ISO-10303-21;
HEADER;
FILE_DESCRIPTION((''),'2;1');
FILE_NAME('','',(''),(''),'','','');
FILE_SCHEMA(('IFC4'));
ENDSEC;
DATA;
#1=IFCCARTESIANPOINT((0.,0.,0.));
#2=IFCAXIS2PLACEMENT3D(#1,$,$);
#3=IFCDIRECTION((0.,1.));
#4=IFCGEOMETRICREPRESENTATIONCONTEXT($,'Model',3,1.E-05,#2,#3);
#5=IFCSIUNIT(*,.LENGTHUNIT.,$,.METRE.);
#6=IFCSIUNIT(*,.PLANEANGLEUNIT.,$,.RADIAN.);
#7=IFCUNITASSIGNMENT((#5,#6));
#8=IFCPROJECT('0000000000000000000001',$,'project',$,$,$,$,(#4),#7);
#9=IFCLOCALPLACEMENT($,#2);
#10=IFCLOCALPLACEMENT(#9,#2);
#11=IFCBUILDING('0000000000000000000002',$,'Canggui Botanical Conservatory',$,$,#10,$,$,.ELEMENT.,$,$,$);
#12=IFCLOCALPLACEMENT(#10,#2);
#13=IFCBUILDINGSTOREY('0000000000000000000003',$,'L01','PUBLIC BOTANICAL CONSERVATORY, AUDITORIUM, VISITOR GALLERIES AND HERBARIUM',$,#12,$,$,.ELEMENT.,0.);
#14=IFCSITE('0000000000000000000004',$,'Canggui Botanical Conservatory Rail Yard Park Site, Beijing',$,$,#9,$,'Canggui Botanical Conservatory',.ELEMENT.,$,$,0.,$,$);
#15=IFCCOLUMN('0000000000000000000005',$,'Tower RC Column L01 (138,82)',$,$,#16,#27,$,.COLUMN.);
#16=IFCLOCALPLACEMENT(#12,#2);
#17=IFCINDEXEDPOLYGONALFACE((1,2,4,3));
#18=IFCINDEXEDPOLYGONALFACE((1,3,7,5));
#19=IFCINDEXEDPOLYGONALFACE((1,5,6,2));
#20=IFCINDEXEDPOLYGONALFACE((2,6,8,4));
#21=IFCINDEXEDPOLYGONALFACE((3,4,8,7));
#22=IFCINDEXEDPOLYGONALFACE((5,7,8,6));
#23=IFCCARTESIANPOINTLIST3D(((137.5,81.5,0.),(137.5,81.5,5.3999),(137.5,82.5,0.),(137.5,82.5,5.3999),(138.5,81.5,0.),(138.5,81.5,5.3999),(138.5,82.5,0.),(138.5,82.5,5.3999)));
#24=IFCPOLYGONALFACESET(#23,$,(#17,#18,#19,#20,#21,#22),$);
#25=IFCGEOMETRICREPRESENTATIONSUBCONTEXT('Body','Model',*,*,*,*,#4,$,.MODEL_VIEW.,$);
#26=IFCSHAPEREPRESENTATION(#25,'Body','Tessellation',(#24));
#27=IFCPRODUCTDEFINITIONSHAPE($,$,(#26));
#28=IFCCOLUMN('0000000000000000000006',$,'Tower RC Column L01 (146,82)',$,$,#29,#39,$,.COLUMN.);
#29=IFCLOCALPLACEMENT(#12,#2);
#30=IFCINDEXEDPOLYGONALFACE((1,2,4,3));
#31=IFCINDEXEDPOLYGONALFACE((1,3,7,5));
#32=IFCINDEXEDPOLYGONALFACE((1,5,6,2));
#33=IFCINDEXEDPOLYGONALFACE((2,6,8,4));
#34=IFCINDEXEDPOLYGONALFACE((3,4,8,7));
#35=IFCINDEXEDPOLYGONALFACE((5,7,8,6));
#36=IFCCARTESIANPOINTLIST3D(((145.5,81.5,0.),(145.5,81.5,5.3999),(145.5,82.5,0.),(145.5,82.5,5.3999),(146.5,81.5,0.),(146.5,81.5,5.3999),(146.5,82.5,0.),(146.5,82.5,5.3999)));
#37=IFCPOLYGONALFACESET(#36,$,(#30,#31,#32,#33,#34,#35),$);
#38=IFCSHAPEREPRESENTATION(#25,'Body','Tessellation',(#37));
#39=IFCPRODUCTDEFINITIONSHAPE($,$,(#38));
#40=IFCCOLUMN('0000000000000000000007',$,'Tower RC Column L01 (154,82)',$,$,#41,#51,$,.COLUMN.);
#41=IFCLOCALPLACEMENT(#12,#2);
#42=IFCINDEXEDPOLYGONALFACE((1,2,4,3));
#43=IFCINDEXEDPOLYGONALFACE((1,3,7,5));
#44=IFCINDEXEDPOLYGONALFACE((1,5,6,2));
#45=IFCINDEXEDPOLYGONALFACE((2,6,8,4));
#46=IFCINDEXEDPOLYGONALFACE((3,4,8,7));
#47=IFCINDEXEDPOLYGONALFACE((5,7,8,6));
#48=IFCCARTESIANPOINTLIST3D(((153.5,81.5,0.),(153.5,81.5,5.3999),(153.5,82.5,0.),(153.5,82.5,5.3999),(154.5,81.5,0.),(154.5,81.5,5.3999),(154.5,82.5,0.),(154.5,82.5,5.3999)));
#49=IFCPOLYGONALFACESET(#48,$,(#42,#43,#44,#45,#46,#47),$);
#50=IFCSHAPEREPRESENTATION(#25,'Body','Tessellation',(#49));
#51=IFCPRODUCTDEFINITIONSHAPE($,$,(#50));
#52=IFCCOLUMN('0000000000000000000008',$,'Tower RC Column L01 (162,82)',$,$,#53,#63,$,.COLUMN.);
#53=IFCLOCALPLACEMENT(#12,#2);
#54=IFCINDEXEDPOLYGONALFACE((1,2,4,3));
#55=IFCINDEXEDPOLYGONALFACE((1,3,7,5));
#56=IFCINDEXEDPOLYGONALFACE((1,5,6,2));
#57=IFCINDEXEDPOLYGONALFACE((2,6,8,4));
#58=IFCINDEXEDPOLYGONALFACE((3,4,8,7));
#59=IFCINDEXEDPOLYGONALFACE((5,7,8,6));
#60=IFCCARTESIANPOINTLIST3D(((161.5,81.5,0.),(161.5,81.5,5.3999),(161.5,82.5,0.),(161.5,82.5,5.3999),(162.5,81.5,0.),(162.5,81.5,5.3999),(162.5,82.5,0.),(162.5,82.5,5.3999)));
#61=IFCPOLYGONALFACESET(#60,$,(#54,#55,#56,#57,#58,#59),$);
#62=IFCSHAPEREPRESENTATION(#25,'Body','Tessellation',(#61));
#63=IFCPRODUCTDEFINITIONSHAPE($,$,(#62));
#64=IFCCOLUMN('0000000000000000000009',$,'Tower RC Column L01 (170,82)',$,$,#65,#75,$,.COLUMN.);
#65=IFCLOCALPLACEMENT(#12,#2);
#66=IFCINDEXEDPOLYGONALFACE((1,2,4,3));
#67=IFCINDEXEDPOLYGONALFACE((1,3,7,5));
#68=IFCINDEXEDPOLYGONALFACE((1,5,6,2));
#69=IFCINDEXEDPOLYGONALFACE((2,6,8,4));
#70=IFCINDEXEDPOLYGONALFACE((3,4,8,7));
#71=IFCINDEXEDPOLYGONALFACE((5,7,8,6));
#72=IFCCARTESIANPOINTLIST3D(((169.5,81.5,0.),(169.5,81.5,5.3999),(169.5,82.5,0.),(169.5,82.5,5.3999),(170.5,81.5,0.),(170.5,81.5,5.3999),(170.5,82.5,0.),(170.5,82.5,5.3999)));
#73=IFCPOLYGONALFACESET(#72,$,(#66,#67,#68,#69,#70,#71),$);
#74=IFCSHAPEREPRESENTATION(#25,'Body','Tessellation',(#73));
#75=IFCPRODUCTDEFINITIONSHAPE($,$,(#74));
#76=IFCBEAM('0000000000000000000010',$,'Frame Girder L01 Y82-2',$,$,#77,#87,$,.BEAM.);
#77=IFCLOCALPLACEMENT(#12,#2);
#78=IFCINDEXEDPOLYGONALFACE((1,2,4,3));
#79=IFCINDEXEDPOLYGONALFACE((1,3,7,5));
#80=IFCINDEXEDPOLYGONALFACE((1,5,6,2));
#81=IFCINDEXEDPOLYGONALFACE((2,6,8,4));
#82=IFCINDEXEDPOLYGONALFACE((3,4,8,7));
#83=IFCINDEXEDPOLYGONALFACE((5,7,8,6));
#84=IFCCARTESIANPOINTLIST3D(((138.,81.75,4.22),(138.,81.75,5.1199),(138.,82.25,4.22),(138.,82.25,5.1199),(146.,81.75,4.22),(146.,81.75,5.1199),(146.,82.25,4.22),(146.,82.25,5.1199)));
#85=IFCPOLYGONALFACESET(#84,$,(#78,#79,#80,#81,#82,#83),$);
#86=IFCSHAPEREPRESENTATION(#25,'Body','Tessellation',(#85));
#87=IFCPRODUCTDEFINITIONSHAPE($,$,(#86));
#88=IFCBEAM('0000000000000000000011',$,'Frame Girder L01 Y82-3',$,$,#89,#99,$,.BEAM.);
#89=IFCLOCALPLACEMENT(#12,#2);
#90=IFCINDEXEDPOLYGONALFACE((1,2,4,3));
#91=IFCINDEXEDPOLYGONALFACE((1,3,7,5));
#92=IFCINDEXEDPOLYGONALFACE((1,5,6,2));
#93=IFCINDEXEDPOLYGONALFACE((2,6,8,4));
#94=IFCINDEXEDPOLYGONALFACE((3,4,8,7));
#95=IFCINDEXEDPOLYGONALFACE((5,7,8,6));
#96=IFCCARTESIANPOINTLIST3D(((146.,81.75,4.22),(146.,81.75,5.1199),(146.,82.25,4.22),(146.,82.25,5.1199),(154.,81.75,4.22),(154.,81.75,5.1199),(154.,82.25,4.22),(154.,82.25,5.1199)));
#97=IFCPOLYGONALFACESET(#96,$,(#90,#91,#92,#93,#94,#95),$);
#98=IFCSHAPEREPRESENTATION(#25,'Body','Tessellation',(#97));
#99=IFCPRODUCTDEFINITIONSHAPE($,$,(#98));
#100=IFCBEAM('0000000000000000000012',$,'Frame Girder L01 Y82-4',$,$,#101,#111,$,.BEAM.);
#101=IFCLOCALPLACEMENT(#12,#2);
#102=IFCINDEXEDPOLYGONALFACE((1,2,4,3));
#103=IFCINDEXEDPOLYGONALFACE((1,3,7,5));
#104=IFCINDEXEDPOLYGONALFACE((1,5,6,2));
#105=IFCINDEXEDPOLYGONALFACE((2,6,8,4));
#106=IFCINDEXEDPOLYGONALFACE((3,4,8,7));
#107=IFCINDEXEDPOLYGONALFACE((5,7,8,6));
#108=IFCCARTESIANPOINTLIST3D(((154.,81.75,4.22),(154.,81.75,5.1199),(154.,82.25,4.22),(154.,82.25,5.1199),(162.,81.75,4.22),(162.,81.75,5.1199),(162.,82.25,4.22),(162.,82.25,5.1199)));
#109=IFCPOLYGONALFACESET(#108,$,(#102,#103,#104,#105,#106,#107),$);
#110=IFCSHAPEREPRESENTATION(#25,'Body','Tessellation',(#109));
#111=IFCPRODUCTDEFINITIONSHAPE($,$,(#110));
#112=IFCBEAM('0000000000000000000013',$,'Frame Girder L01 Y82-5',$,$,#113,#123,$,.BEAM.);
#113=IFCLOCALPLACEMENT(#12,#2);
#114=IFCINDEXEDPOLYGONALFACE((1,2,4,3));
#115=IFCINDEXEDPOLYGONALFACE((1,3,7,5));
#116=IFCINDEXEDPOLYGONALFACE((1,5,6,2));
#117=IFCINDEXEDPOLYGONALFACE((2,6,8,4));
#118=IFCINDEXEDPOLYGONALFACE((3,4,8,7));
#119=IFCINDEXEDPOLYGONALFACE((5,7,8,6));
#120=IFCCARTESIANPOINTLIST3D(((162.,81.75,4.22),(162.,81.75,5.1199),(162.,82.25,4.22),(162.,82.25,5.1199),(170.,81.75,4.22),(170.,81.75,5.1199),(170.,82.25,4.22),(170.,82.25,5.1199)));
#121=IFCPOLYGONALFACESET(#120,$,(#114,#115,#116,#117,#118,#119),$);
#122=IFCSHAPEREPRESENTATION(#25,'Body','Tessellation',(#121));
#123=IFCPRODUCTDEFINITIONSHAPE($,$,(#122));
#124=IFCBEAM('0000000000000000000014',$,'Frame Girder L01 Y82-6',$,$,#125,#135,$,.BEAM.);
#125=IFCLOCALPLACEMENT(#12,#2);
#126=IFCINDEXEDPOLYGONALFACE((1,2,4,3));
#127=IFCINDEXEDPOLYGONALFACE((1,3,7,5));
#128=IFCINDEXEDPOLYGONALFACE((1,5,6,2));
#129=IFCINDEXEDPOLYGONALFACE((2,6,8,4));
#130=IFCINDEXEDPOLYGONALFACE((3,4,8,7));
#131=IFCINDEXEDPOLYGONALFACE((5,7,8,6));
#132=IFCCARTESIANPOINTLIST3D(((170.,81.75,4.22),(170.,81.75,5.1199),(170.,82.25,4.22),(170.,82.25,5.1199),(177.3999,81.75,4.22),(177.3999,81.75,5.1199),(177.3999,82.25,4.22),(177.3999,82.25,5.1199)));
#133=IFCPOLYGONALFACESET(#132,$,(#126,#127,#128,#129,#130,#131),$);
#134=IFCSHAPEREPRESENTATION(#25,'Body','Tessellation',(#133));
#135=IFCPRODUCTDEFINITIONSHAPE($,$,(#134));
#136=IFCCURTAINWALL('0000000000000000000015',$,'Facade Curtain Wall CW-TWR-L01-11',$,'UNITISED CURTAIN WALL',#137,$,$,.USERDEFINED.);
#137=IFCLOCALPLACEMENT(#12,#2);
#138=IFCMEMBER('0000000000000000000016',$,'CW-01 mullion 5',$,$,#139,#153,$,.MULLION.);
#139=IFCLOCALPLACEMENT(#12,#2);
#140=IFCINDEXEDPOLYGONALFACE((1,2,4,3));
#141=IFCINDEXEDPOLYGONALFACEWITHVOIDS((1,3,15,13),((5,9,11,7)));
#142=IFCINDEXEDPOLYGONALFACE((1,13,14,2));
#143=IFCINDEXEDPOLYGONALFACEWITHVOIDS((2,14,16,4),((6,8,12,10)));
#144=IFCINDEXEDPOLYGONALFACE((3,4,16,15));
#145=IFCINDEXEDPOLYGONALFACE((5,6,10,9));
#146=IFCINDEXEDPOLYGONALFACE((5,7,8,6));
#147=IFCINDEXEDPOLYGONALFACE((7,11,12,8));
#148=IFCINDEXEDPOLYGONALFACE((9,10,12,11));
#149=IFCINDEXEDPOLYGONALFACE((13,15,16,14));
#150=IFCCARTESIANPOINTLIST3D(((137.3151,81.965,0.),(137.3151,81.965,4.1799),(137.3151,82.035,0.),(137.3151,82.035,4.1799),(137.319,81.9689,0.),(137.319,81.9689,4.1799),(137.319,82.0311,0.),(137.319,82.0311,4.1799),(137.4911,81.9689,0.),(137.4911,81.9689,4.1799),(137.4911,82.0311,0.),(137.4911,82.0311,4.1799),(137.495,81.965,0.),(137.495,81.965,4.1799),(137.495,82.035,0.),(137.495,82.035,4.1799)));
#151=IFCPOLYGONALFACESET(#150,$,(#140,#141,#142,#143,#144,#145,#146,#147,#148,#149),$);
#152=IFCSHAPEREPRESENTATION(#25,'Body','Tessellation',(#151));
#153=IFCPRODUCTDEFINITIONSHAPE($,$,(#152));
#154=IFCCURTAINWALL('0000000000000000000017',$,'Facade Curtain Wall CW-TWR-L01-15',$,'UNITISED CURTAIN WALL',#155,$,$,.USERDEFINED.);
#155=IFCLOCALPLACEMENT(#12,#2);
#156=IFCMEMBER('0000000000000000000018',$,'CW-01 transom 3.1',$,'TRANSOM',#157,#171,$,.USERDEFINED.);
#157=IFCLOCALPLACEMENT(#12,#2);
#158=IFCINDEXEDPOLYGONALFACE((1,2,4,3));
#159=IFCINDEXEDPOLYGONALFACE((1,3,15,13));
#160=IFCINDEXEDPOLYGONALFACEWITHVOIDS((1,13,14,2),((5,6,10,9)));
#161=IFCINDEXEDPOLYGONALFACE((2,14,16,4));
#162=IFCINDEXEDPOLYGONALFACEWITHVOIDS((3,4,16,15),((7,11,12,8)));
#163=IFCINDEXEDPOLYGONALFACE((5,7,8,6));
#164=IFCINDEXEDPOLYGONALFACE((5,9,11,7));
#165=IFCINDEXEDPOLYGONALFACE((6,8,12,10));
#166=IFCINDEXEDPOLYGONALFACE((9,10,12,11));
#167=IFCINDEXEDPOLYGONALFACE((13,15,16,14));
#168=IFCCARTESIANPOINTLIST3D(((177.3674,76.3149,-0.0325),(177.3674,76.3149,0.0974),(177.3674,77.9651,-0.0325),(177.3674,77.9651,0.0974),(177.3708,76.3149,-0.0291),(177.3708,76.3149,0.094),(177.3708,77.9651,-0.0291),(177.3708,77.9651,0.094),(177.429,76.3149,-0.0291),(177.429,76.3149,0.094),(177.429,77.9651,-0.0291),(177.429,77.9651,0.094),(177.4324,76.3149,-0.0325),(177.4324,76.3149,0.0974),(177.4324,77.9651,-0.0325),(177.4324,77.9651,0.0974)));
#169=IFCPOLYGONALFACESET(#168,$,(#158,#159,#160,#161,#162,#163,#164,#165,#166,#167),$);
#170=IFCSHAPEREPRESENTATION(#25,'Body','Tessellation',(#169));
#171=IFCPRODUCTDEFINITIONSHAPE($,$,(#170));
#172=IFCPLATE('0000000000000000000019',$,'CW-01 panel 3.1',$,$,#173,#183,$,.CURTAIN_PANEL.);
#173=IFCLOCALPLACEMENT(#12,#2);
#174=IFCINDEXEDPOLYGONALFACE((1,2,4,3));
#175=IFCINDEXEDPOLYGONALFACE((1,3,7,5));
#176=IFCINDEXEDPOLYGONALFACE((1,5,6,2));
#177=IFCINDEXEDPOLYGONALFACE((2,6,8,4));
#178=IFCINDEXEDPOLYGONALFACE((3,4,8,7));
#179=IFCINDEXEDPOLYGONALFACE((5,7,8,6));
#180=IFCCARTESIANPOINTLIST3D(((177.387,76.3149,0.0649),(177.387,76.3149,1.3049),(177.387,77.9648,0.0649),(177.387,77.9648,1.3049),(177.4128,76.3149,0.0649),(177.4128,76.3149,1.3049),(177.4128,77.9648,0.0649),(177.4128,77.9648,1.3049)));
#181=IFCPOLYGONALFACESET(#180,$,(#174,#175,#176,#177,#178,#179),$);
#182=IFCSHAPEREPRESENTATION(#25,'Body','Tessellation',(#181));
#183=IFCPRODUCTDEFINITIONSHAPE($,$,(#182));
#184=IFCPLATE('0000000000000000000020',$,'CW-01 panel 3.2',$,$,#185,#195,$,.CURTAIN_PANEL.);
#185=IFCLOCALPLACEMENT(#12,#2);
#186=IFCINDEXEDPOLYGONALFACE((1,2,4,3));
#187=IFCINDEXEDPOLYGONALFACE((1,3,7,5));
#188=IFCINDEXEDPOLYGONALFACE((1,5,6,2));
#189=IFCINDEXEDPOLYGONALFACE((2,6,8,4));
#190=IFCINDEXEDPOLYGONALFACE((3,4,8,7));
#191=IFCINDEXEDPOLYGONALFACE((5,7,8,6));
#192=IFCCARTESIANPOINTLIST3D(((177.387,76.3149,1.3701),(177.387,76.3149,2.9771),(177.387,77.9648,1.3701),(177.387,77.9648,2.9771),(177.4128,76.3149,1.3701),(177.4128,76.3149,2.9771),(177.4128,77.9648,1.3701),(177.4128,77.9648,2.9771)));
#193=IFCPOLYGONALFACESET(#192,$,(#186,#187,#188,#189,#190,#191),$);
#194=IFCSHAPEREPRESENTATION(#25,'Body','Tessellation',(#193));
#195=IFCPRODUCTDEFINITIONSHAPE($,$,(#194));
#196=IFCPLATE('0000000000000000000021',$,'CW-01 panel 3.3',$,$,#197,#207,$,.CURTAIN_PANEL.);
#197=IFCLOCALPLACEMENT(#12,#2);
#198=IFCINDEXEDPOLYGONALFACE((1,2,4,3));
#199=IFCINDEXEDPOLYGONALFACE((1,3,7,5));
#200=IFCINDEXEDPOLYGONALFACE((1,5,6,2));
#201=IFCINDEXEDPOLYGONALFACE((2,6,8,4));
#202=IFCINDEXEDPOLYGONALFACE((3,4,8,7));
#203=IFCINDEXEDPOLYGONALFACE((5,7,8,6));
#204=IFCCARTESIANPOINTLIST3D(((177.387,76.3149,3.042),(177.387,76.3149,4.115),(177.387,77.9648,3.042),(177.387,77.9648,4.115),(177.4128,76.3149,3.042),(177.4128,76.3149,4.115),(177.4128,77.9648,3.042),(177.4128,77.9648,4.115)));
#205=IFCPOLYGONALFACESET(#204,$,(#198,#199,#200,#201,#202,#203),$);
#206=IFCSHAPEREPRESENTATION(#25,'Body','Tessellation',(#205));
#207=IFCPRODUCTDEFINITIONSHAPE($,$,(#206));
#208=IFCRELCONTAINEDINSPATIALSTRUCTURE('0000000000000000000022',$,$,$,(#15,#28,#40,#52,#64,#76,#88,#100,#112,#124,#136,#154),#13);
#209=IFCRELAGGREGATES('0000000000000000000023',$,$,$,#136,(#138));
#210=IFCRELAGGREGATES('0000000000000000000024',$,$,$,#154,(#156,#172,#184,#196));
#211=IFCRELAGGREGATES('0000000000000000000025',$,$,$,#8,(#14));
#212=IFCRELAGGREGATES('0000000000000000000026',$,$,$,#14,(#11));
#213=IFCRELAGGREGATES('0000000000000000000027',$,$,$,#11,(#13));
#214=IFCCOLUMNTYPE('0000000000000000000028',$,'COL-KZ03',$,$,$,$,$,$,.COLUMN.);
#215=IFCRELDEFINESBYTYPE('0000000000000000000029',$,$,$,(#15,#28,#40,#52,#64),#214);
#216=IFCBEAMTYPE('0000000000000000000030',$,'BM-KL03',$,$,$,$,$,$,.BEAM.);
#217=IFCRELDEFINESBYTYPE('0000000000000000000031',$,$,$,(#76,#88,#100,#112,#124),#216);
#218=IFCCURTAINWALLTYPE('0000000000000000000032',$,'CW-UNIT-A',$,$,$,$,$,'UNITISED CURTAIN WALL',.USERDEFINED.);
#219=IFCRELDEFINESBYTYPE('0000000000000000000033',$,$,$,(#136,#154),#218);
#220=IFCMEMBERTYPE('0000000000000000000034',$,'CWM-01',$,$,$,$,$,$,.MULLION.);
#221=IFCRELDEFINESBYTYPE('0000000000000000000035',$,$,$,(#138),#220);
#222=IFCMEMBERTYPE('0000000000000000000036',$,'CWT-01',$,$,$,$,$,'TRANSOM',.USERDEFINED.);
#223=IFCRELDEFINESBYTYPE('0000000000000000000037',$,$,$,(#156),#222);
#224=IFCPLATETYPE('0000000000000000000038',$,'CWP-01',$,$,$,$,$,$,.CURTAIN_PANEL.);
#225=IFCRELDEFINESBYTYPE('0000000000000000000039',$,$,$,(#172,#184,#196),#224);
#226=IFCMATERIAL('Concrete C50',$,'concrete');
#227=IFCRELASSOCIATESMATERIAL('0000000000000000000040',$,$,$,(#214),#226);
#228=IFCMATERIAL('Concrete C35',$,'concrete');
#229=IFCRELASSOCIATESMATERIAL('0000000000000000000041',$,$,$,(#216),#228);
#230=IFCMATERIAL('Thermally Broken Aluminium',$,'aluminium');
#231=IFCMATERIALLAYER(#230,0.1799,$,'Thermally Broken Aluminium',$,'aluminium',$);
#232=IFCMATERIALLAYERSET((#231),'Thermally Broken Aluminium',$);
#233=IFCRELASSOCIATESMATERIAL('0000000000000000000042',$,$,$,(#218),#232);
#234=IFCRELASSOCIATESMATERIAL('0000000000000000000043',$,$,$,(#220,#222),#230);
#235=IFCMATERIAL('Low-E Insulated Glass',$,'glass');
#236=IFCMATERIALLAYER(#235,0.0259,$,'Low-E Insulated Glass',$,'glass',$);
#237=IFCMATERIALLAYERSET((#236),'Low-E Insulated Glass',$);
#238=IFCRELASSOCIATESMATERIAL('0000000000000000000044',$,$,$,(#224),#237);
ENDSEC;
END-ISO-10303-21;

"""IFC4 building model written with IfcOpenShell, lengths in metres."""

from ifc_helpers import new_model, si_unit, direction, frame, origin, origin_2d, place, context, subcontext, project, spatial, rectangle, hollow_rectangle, extrude, material, layer, layer_set, material_profile, profile_set, type_object, element, aggregate, save


model = new_model("IFC4")

# Units and contexts
model_context = context("Model", 3, precision=1e-05, world=origin(), true_north=direction((0.0, 1.0)))
body_context = subcontext(model_context, "Body", "Model", "MODEL_VIEW")
ifc_project = project(units=[si_unit("LENGTHUNIT", "METRE"), si_unit("PLANEANGLEUNIT", "RADIAN")], contexts=[model_context])

# Site, building, storey
site_placement = place(None, origin())
site = spatial("IfcSite", under=ifc_project, at=site_placement, Name="Canggui Botanical Conservatory Rail Yard Park Site, Beijing", LongName="Canggui Botanical Conservatory", CompositionType="ELEMENT", RefElevation=0.0)
building_placement = place(site_placement, origin())
building = spatial("IfcBuilding", under=site, at=building_placement, Name="Canggui Botanical Conservatory", CompositionType="ELEMENT")
storey_placement = place(building_placement, origin())
storey = spatial("IfcBuildingStorey", under=building, at=storey_placement, Name="L01", Description="PUBLIC BOTANICAL CONSERVATORY, AUDITORIUM, VISITOR GALLERIES AND HERBARIUM", CompositionType="ELEMENT", Elevation=0.0)

# Columns
ifc_material_1 = material(Name="Concrete C50", Category="concrete")
ifc_material_profile_1 = material_profile(ifc_material_1, rectangle(XDim=1.0, YDim=1.0, at=origin_2d()), Name="RC 1000x1000")
ifc_profile_set_1 = profile_set([ifc_material_profile_1], Name="Concrete C50")
column_type = type_object("IfcColumnType", Name="COL-KZ03", PredefinedType="COLUMN", material=ifc_profile_set_1)
for number, where, z_axis, x_axis, name in (
    (1, (138.0, 82.0, 0.0), (0.0, 0.0, 1.0), (1.0, 0.0, 0.0), "Tower RC Column L01 (138,82)"),
    (2, (146.0, 82.0, 0.0), (0.0, 0.0, 1.0), (1.0, 0.0, 0.0), "Tower RC Column L01 (146,82)"),
    (3, (154.0, 82.0, 0.0), (0.0, 0.0, 1.0), (1.0, 0.0, 0.0), "Tower RC Column L01 (154,82)"),
    (4, (162.0, 82.0, 0.0), (0.0, 0.0, 1.0), (1.0, 0.0, 0.0), "Tower RC Column L01 (162,82)"),
    (5, (170.0, 82.0, 0.0), (0.0, 0.0, 1.0), (1.0, 0.0, 0.0), "Tower RC Column L01 (170,82)"),
):
    element("IfcColumn", number, at=place(storey_placement, frame(where, z_axis=z_axis, x_axis=x_axis)), inside=storey, type_object=column_type, Name=name, PredefinedType="COLUMN", context=body_context, shape_type="SweptSolid", body=[
        extrude(rectangle(XDim=1.0, YDim=1.0, at=origin_2d()), origin(), (0.0, 0.0, 1.0), 5.3999),
    ])

# Beams
ifc_material_2 = material(Name="Concrete C35", Category="concrete")
ifc_material_profile_2 = material_profile(ifc_material_2, rectangle(XDim=0.5, YDim=0.8999, at=origin_2d()), Name="RB 500x900")
ifc_profile_set_2 = profile_set([ifc_material_profile_2], Name="Concrete C35")
beam_type = type_object("IfcBeamType", Name="BM-KL03", PredefinedType="BEAM", material=ifc_profile_set_2)
for number, where, z_axis, x_axis, name in (
    (6, (138.0, 82.0, 4.6699), (1.0, 0.0, 0.0), (0.0, 1.0, 0.0), "Frame Girder L01 Y82-2"),
    (7, (146.0, 82.0, 4.6699), (1.0, 0.0, 0.0), (0.0, 1.0, 0.0), "Frame Girder L01 Y82-3"),
    (8, (154.0, 82.0, 4.6699), (1.0, 0.0, 0.0), (0.0, 1.0, 0.0), "Frame Girder L01 Y82-4"),
    (9, (162.0, 82.0, 4.6699), (1.0, 0.0, 0.0), (0.0, 1.0, 0.0), "Frame Girder L01 Y82-5"),
):
    element("IfcBeam", number, at=place(storey_placement, frame(where, z_axis=z_axis, x_axis=x_axis)), inside=storey, type_object=beam_type, Name=name, PredefinedType="BEAM", context=body_context, shape_type="SweptSolid", body=[
        extrude(rectangle(XDim=0.5, YDim=0.8999, at=origin_2d()), origin(), (0.0, 0.0, 1.0), 8.0),
    ])
beam_placement = place(storey_placement, frame((170.0, 82.0, 4.6699), z_axis=(1.0, 0.0, 0.0), x_axis=(0.0, 1.0, 0.0)))
element("IfcBeam", 10, at=beam_placement, inside=storey, type_object=beam_type, Name="Frame Girder L01 Y82-6", PredefinedType="BEAM", context=body_context, shape_type="SweptSolid", body=[
    extrude(rectangle(XDim=0.5, YDim=0.8999, at=origin_2d()), origin(), (0.0, 0.0, 1.0), 7.3999),
])

# Curtain wall, member
ifc_material_3 = material(Name="Thermally Broken Aluminium", Category="aluminium")
ifc_layer_1 = layer(ifc_material_3, 0.1799, Name="Thermally Broken Aluminium", Category="aluminium")
ifc_layer_set_1 = layer_set([ifc_layer_1], Name="Thermally Broken Aluminium")
curtain_wall_type = type_object("IfcCurtainWallType", Name="CW-UNIT-A", ElementType="UNITISED CURTAIN WALL", PredefinedType="USERDEFINED", material=ifc_layer_set_1)
curtain_wall_1_placement = place(storey_placement, origin())
curtain_wall_1 = element("IfcCurtainWall", 11, at=curtain_wall_1_placement, inside=storey, type_object=curtain_wall_type, Name="Facade Curtain Wall CW-TWR-L01-11", ObjectType="UNITISED CURTAIN WALL", PredefinedType="USERDEFINED")
ifc_material_profile_3 = material_profile(ifc_material_3, hollow_rectangle(XDim=0.0701, YDim=0.1799, WallThickness=0.0039, at=origin_2d()), Name="CWM 70x180x4")
ifc_profile_set_3 = profile_set([ifc_material_profile_3], Name="Thermally Broken Aluminium")
member_type_1 = type_object("IfcMemberType", Name="CWM-01", PredefinedType="MULLION", material=ifc_profile_set_3)
member_1_placement = place(storey_placement, frame((137.405, 82.0, 0.0), z_axis=(0.0, 0.0, 1.0), x_axis=(0.0, 1.0, 0.0)))
member_1 = element("IfcMember", 12, at=member_1_placement, type_object=member_type_1, Name="CW-01 mullion 5", PredefinedType="MULLION", context=body_context, shape_type="SweptSolid", body=[
    extrude(hollow_rectangle(XDim=0.0701, YDim=0.1799, WallThickness=0.0039, at=origin_2d()), origin(), (0.0, 0.0, 1.0), 4.1799),
])
aggregate(curtain_wall_1, [member_1])

# Curtain wall, member, plates
curtain_wall_2_placement = place(storey_placement, origin())
curtain_wall_2 = element("IfcCurtainWall", 13, at=curtain_wall_2_placement, inside=storey, type_object=curtain_wall_type, Name="Facade Curtain Wall CW-TWR-L01-15", ObjectType="UNITISED CURTAIN WALL", PredefinedType="USERDEFINED")
ifc_material_profile_4 = material_profile(ifc_material_3, hollow_rectangle(XDim=0.0649, YDim=0.1299, WallThickness=0.0034, at=origin_2d()), Name="CWT 65x130x3.5")
ifc_profile_set_4 = profile_set([ifc_material_profile_4], Name="Thermally Broken Aluminium")
member_type_2 = type_object("IfcMemberType", Name="CWT-01", ElementType="TRANSOM", PredefinedType="USERDEFINED", material=ifc_profile_set_4)
member_2_placement = place(storey_placement, frame((177.3999, 77.9651, 0.0325), z_axis=(0.0, -1.0, 0.0), x_axis=(1.0, 0.0, 0.0)))
member_2 = element("IfcMember", 14, at=member_2_placement, type_object=member_type_2, Name="CW-01 transom 3.1", ObjectType="TRANSOM", PredefinedType="USERDEFINED", context=body_context, shape_type="SweptSolid", body=[
    extrude(hollow_rectangle(XDim=0.0649, YDim=0.1299, WallThickness=0.0034, at=origin_2d()), origin(), (0.0, 0.0, 1.0), 1.6501),
])
ifc_material_4 = material(Name="Low-E Insulated Glass", Category="glass")
ifc_layer_2 = layer(ifc_material_4, 0.0259, Name="Low-E Insulated Glass", Category="glass")
ifc_layer_set_2 = layer_set([ifc_layer_2], Name="Low-E Insulated Glass")
plate_type = type_object("IfcPlateType", Name="CWP-01", PredefinedType="CURTAIN_PANEL", material=ifc_layer_set_2)
plate_1_placement = place(storey_placement, frame((177.3999, 77.1399, 0.0649), z_axis=(0.0, 0.0, 1.0), x_axis=(0.0, -1.0, 0.0)))
plate_1 = element("IfcPlate", 15, at=plate_1_placement, type_object=plate_type, Name="CW-01 panel 3.1", PredefinedType="CURTAIN_PANEL", context=body_context, shape_type="SweptSolid", body=[
    extrude(rectangle(XDim=1.6499, YDim=0.0259, at=origin_2d()), origin(), (0.0, 0.0, 1.0), 1.24),
])
plate_2_placement = place(storey_placement, frame((177.3999, 77.1399, 1.3701), z_axis=(0.0, 0.0, 1.0), x_axis=(0.0, -1.0, 0.0)))
plate_2 = element("IfcPlate", 16, at=plate_2_placement, type_object=plate_type, Name="CW-01 panel 3.2", PredefinedType="CURTAIN_PANEL", context=body_context, shape_type="SweptSolid", body=[
    extrude(rectangle(XDim=1.6499, YDim=0.0259, at=origin_2d()), origin(), (0.0, 0.0, 1.0), 1.6069),
])
plate_3_placement = place(storey_placement, frame((177.3999, 77.1399, 3.042), z_axis=(0.0, 0.0, 1.0), x_axis=(0.0, -1.0, 0.0)))
plate_3 = element("IfcPlate", 17, at=plate_3_placement, type_object=plate_type, Name="CW-01 panel 3.3", PredefinedType="CURTAIN_PANEL", context=body_context, shape_type="SweptSolid", body=[
    extrude(rectangle(XDim=1.6499, YDim=0.0259, at=origin_2d()), origin(), (0.0, 0.0, 1.0), 1.073),
])
aggregate(curtain_wall_2, [member_2, plate_1, plate_2, plate_3])

save(model, "model.ifc")
